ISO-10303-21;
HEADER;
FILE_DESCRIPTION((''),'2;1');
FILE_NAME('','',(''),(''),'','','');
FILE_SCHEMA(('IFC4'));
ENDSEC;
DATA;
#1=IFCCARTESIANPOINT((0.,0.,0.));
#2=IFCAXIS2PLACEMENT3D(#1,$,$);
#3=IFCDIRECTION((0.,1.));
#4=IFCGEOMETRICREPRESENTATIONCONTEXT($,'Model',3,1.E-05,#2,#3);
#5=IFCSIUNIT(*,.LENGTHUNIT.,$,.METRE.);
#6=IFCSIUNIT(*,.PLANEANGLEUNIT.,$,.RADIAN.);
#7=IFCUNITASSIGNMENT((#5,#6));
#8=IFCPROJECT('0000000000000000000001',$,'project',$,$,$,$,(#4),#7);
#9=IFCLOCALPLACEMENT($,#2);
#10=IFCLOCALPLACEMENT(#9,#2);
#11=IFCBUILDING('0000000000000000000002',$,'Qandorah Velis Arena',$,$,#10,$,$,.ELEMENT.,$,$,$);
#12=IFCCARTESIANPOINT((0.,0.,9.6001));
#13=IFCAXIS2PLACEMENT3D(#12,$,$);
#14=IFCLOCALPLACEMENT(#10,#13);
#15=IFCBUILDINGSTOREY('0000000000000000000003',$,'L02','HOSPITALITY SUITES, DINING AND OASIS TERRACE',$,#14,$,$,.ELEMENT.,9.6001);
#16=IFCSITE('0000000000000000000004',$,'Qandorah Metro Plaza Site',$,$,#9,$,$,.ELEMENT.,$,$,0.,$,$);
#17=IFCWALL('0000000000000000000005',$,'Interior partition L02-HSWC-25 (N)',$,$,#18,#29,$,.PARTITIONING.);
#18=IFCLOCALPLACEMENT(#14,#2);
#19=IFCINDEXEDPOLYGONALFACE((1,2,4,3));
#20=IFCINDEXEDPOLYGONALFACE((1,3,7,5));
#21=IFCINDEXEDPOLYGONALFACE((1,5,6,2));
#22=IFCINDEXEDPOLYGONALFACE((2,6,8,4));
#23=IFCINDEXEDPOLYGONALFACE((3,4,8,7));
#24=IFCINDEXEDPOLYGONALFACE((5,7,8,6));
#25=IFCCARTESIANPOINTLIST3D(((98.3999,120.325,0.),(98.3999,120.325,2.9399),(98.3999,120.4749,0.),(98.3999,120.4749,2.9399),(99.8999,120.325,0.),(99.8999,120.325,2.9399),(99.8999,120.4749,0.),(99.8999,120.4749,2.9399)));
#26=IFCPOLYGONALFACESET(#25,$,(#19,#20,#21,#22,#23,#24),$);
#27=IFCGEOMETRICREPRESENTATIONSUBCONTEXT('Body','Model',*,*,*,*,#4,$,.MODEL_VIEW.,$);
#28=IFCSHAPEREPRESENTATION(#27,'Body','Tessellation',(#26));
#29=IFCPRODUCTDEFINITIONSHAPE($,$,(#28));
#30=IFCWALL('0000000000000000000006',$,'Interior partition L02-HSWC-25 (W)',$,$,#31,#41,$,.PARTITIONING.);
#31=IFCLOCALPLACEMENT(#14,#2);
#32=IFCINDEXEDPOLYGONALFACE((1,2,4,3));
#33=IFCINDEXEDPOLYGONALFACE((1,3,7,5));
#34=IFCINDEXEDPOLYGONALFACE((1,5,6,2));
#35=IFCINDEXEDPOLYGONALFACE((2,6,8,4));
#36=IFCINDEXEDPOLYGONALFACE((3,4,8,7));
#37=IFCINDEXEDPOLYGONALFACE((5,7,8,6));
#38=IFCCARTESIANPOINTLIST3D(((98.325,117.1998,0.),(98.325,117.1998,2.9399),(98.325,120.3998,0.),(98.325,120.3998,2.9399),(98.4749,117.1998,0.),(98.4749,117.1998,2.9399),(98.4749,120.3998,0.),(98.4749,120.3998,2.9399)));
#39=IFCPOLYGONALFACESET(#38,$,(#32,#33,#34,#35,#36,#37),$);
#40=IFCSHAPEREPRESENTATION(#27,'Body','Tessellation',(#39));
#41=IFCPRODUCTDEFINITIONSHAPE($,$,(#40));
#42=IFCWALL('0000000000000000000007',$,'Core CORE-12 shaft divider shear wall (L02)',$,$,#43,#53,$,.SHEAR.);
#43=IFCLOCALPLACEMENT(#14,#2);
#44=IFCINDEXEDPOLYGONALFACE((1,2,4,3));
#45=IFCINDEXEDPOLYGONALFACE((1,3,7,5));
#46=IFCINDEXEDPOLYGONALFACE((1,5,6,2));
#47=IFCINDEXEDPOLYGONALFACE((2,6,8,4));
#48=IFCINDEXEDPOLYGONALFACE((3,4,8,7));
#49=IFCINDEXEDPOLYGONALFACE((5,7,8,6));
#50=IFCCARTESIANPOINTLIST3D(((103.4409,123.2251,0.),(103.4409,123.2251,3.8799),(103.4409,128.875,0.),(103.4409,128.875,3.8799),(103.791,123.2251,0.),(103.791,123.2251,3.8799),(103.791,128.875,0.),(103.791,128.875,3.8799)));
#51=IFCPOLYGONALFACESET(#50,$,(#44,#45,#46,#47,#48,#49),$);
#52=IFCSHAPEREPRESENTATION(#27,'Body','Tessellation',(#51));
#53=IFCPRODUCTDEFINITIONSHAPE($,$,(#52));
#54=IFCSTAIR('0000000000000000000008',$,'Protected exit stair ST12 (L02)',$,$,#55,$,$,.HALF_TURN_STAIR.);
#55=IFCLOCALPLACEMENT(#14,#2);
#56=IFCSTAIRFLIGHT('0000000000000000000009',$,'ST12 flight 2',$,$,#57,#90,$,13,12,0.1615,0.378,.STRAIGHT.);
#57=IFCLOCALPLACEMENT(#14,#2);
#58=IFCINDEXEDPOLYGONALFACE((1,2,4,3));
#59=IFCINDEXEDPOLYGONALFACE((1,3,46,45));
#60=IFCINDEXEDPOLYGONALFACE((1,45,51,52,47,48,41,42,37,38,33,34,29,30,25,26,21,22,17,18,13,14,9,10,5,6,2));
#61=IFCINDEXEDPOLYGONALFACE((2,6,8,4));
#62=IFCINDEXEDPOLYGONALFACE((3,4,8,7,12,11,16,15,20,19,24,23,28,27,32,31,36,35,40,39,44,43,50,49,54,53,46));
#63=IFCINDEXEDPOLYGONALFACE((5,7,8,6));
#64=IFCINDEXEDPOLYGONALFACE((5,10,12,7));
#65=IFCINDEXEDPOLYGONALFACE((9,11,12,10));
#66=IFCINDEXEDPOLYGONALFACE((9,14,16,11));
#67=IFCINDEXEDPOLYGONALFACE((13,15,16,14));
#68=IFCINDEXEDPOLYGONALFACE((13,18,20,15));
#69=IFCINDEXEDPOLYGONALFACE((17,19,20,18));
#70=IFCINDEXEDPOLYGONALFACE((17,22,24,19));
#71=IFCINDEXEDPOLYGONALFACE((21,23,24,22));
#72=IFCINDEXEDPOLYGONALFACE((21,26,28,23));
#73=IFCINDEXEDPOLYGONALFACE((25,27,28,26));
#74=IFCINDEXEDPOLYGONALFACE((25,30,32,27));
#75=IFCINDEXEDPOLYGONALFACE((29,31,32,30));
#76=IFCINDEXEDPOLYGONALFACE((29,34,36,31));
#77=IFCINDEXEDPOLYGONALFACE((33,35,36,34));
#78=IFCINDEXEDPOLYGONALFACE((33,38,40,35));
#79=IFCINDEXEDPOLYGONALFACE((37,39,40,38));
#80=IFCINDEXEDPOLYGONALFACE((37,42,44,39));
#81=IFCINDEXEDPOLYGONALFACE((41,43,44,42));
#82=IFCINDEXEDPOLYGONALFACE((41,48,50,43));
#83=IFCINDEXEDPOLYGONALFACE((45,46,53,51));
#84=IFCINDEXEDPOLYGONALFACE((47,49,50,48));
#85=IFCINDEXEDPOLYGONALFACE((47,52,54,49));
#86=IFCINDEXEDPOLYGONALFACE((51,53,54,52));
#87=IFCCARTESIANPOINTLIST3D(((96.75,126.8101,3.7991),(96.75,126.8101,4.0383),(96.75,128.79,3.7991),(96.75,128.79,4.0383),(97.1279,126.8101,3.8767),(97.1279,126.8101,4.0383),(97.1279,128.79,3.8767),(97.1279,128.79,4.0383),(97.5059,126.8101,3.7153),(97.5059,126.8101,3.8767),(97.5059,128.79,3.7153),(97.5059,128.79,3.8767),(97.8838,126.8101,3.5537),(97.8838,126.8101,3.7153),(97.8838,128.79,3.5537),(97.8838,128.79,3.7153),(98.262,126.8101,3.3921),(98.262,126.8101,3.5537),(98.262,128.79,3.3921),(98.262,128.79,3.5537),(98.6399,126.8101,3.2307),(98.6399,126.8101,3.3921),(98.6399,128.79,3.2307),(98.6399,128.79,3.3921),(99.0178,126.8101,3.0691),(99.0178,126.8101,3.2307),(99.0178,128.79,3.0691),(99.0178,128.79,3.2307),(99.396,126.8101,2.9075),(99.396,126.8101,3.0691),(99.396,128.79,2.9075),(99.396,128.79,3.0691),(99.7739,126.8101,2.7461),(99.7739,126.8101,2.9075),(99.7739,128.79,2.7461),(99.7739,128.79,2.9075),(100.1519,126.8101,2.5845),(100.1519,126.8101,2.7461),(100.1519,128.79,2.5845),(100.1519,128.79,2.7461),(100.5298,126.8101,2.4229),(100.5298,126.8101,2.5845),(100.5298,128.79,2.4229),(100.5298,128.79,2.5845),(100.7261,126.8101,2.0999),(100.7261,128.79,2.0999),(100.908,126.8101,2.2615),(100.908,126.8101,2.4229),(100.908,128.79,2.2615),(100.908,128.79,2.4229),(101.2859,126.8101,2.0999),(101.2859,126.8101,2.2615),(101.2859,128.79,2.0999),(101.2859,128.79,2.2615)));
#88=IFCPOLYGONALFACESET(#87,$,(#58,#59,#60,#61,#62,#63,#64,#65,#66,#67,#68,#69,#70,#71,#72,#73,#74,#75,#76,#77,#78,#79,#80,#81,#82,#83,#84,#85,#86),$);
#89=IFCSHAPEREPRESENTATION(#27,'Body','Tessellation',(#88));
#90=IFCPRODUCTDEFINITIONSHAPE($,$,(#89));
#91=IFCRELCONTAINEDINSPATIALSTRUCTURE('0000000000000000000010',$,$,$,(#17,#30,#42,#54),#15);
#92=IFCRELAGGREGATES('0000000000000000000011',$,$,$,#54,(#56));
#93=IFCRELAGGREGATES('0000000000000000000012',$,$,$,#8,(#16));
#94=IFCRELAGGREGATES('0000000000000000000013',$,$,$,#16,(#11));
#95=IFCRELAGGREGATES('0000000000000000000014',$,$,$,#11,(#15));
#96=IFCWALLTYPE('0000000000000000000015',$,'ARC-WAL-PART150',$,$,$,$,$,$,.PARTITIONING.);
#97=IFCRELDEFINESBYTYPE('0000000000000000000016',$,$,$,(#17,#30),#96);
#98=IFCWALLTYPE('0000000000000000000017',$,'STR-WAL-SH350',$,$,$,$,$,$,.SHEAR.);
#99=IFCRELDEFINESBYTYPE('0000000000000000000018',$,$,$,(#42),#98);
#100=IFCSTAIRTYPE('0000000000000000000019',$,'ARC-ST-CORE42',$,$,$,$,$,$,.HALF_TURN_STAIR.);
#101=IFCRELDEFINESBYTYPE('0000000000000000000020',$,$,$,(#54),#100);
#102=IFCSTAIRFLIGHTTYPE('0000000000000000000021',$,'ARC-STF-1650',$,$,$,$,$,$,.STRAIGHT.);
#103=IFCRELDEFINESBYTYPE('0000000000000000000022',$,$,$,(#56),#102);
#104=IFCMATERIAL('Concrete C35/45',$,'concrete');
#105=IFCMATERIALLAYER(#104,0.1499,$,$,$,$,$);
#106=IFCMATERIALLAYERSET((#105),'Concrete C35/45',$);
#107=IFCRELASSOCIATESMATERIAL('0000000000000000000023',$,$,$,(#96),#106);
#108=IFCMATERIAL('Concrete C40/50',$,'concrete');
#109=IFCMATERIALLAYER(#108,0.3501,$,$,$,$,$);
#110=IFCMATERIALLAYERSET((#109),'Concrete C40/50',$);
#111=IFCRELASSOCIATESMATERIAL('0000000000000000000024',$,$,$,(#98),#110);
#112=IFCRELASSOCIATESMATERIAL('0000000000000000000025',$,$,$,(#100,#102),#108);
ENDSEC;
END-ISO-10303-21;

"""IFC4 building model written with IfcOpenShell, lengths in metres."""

from ifc_helpers import new_model, si_unit, direction, frame, frame_2d, origin, place, context, subcontext, project, spatial, polyline, rectangle, outline, extrude, material, layer, layer_set, type_object, element, aggregate, save


model = new_model("IFC4")

# Units and contexts
model_context = context("Model", 3, precision=1e-05, world=origin(), true_north=direction((0.0, 1.0)))
body_context = subcontext(model_context, "Body", "Model", "MODEL_VIEW")
ifc_project = project(units=[si_unit("LENGTHUNIT", "METRE"), si_unit("PLANEANGLEUNIT", "RADIAN")], contexts=[model_context])

# Site, building, storey
site_placement = place(None, origin())
site = spatial("IfcSite", under=ifc_project, at=site_placement, Name="Qandorah Metro Plaza Site", CompositionType="ELEMENT", RefElevation=0.0)
building_placement = place(site_placement, origin())
building = spatial("IfcBuilding", under=site, at=building_placement, Name="Qandorah Velis Arena", CompositionType="ELEMENT")
storey_placement = place(building_placement, frame((0.0, 0.0, 9.6001)))
storey = spatial("IfcBuildingStorey", under=building, at=storey_placement, Name="L02", Description="HOSPITALITY SUITES, DINING AND OASIS TERRACE", CompositionType="ELEMENT", Elevation=9.6001)

# Shared definitions
ifc_material_1 = material(Name="Concrete C40/50", Category="concrete")

# Shared definitions
ifc_material_2 = material(Name="Concrete C35/45", Category="concrete")

# Walls
ifc_layer_1 = layer(ifc_material_2, 0.1499)
ifc_layer_set_1 = layer_set([ifc_layer_1], Name="Concrete C35/45")
wall_type_1 = type_object("IfcWallType", Name="ARC-WAL-PART150", PredefinedType="PARTITIONING", material=ifc_layer_set_1)
wall_1_placement = place(storey_placement, frame((99.8999, 120.3999, 0.0), z_axis=(0.0, 0.0, 1.0), x_axis=(-1.0, 0.0, 0.0)))
element("IfcWall", 1, at=wall_1_placement, inside=storey, type_object=wall_type_1, Name="Interior partition L02-HSWC-25 (N)", PredefinedType="PARTITIONING", context=body_context, shape_type="SweptSolid", body=[
    extrude(rectangle(XDim=1.5, YDim=0.1499, at=frame_2d((0.75, 0.0))), origin(), (0.0, 0.0, 1.0), 2.9399),
])
wall_2_placement = place(storey_placement, frame((98.3999, 120.3999, 0.0), z_axis=(0.0, 0.0, 1.0), x_axis=(0.0, -1.0, 0.0)))
element("IfcWall", 2, at=wall_2_placement, inside=storey, type_object=wall_type_1, Name="Interior partition L02-HSWC-25 (W)", PredefinedType="PARTITIONING", context=body_context, shape_type="SweptSolid", body=[
    extrude(rectangle(XDim=3.2, YDim=0.1499, at=frame_2d((1.6001, 0.0))), origin(), (0.0, 0.0, 1.0), 2.9399),
])
ifc_layer_2 = layer(ifc_material_1, 0.3501)
ifc_layer_set_2 = layer_set([ifc_layer_2], Name="Concrete C40/50")
wall_type_2 = type_object("IfcWallType", Name="STR-WAL-SH350", PredefinedType="SHEAR", material=ifc_layer_set_2)
wall_3_placement = place(storey_placement, frame((103.616, 123.2251, 0.0), z_axis=(0.0, 0.0, 1.0), x_axis=(0.0, 1.0, 0.0)))
element("IfcWall", 3, at=wall_3_placement, inside=storey, type_object=wall_type_2, Name="Core CORE-12 shaft divider shear wall (L02)", PredefinedType="SHEAR", context=body_context, shape_type="SweptSolid", body=[
    extrude(rectangle(XDim=5.6499, YDim=0.3501, at=frame_2d((2.825, 0.0))), origin(), (0.0, 0.0, 1.0), 3.8799),
])

# Stair, stair flight
stair_type = type_object("IfcStairType", Name="ARC-ST-CORE42", PredefinedType="HALF_TURN_STAIR", material=ifc_material_1)
stair_placement = place(storey_placement, origin())
stair = element("IfcStair", 4, at=stair_placement, inside=storey, type_object=stair_type, Name="Protected exit stair ST12 (L02)", PredefinedType="HALF_TURN_STAIR")
stair_flight_type = type_object("IfcStairFlightType", Name="ARC-STF-1650", PredefinedType="STRAIGHT", material=ifc_material_1)
stair_flight_placement = place(storey_placement, frame((101.2859, 127.8, 2.0999), z_axis=(0.0, 0.0, 1.0), x_axis=(-1.0, 0.0, 0.0)))
stair_flight = element("IfcStairFlight", 5, at=stair_flight_placement, type_object=stair_flight_type, Name="ST12 flight 2", NumberOfRisers=13, NumberOfTreads=12, PredefinedType="STRAIGHT", RiserHeight=0.1615, TreadLength=0.378, context=body_context, shape_type="SweptSolid", body=[
    extrude(outline(polyline([(0.0, 0.0), (0.0, 0.1616), (0.3779, 0.1616), (0.3779, 0.323), (0.7561, 0.323), (0.7561, 0.4846), (1.134, 0.4846), (1.134, 0.6462), (1.512, 0.6462), (1.512, 0.8076), (1.8899, 0.8076), (1.8899, 0.9692), (2.2681, 0.9692), (2.2681, 1.1309), (2.646, 1.1309), (2.646, 1.2922), (3.0239, 1.2922), (3.0239, 1.4539), (3.4021, 1.4539), (3.4021, 1.6155), (3.78, 1.6155), (3.78, 1.7769), (4.158, 1.7769), (4.158, 1.9385), (4.5359, 1.9385), (4.5359, 2.1001), (4.5359, 1.6992), (0.5598, 0.0), (0.0, 0.0)])), frame((0.0, 0.99, 0.0), z_axis=(0.0, -1.0, 0.0), x_axis=(1.0, 0.0, 0.0)), (0.0, 0.0, 1.0), 1.98),
])
aggregate(stair, [stair_flight])

save(model, "model.ifc")
